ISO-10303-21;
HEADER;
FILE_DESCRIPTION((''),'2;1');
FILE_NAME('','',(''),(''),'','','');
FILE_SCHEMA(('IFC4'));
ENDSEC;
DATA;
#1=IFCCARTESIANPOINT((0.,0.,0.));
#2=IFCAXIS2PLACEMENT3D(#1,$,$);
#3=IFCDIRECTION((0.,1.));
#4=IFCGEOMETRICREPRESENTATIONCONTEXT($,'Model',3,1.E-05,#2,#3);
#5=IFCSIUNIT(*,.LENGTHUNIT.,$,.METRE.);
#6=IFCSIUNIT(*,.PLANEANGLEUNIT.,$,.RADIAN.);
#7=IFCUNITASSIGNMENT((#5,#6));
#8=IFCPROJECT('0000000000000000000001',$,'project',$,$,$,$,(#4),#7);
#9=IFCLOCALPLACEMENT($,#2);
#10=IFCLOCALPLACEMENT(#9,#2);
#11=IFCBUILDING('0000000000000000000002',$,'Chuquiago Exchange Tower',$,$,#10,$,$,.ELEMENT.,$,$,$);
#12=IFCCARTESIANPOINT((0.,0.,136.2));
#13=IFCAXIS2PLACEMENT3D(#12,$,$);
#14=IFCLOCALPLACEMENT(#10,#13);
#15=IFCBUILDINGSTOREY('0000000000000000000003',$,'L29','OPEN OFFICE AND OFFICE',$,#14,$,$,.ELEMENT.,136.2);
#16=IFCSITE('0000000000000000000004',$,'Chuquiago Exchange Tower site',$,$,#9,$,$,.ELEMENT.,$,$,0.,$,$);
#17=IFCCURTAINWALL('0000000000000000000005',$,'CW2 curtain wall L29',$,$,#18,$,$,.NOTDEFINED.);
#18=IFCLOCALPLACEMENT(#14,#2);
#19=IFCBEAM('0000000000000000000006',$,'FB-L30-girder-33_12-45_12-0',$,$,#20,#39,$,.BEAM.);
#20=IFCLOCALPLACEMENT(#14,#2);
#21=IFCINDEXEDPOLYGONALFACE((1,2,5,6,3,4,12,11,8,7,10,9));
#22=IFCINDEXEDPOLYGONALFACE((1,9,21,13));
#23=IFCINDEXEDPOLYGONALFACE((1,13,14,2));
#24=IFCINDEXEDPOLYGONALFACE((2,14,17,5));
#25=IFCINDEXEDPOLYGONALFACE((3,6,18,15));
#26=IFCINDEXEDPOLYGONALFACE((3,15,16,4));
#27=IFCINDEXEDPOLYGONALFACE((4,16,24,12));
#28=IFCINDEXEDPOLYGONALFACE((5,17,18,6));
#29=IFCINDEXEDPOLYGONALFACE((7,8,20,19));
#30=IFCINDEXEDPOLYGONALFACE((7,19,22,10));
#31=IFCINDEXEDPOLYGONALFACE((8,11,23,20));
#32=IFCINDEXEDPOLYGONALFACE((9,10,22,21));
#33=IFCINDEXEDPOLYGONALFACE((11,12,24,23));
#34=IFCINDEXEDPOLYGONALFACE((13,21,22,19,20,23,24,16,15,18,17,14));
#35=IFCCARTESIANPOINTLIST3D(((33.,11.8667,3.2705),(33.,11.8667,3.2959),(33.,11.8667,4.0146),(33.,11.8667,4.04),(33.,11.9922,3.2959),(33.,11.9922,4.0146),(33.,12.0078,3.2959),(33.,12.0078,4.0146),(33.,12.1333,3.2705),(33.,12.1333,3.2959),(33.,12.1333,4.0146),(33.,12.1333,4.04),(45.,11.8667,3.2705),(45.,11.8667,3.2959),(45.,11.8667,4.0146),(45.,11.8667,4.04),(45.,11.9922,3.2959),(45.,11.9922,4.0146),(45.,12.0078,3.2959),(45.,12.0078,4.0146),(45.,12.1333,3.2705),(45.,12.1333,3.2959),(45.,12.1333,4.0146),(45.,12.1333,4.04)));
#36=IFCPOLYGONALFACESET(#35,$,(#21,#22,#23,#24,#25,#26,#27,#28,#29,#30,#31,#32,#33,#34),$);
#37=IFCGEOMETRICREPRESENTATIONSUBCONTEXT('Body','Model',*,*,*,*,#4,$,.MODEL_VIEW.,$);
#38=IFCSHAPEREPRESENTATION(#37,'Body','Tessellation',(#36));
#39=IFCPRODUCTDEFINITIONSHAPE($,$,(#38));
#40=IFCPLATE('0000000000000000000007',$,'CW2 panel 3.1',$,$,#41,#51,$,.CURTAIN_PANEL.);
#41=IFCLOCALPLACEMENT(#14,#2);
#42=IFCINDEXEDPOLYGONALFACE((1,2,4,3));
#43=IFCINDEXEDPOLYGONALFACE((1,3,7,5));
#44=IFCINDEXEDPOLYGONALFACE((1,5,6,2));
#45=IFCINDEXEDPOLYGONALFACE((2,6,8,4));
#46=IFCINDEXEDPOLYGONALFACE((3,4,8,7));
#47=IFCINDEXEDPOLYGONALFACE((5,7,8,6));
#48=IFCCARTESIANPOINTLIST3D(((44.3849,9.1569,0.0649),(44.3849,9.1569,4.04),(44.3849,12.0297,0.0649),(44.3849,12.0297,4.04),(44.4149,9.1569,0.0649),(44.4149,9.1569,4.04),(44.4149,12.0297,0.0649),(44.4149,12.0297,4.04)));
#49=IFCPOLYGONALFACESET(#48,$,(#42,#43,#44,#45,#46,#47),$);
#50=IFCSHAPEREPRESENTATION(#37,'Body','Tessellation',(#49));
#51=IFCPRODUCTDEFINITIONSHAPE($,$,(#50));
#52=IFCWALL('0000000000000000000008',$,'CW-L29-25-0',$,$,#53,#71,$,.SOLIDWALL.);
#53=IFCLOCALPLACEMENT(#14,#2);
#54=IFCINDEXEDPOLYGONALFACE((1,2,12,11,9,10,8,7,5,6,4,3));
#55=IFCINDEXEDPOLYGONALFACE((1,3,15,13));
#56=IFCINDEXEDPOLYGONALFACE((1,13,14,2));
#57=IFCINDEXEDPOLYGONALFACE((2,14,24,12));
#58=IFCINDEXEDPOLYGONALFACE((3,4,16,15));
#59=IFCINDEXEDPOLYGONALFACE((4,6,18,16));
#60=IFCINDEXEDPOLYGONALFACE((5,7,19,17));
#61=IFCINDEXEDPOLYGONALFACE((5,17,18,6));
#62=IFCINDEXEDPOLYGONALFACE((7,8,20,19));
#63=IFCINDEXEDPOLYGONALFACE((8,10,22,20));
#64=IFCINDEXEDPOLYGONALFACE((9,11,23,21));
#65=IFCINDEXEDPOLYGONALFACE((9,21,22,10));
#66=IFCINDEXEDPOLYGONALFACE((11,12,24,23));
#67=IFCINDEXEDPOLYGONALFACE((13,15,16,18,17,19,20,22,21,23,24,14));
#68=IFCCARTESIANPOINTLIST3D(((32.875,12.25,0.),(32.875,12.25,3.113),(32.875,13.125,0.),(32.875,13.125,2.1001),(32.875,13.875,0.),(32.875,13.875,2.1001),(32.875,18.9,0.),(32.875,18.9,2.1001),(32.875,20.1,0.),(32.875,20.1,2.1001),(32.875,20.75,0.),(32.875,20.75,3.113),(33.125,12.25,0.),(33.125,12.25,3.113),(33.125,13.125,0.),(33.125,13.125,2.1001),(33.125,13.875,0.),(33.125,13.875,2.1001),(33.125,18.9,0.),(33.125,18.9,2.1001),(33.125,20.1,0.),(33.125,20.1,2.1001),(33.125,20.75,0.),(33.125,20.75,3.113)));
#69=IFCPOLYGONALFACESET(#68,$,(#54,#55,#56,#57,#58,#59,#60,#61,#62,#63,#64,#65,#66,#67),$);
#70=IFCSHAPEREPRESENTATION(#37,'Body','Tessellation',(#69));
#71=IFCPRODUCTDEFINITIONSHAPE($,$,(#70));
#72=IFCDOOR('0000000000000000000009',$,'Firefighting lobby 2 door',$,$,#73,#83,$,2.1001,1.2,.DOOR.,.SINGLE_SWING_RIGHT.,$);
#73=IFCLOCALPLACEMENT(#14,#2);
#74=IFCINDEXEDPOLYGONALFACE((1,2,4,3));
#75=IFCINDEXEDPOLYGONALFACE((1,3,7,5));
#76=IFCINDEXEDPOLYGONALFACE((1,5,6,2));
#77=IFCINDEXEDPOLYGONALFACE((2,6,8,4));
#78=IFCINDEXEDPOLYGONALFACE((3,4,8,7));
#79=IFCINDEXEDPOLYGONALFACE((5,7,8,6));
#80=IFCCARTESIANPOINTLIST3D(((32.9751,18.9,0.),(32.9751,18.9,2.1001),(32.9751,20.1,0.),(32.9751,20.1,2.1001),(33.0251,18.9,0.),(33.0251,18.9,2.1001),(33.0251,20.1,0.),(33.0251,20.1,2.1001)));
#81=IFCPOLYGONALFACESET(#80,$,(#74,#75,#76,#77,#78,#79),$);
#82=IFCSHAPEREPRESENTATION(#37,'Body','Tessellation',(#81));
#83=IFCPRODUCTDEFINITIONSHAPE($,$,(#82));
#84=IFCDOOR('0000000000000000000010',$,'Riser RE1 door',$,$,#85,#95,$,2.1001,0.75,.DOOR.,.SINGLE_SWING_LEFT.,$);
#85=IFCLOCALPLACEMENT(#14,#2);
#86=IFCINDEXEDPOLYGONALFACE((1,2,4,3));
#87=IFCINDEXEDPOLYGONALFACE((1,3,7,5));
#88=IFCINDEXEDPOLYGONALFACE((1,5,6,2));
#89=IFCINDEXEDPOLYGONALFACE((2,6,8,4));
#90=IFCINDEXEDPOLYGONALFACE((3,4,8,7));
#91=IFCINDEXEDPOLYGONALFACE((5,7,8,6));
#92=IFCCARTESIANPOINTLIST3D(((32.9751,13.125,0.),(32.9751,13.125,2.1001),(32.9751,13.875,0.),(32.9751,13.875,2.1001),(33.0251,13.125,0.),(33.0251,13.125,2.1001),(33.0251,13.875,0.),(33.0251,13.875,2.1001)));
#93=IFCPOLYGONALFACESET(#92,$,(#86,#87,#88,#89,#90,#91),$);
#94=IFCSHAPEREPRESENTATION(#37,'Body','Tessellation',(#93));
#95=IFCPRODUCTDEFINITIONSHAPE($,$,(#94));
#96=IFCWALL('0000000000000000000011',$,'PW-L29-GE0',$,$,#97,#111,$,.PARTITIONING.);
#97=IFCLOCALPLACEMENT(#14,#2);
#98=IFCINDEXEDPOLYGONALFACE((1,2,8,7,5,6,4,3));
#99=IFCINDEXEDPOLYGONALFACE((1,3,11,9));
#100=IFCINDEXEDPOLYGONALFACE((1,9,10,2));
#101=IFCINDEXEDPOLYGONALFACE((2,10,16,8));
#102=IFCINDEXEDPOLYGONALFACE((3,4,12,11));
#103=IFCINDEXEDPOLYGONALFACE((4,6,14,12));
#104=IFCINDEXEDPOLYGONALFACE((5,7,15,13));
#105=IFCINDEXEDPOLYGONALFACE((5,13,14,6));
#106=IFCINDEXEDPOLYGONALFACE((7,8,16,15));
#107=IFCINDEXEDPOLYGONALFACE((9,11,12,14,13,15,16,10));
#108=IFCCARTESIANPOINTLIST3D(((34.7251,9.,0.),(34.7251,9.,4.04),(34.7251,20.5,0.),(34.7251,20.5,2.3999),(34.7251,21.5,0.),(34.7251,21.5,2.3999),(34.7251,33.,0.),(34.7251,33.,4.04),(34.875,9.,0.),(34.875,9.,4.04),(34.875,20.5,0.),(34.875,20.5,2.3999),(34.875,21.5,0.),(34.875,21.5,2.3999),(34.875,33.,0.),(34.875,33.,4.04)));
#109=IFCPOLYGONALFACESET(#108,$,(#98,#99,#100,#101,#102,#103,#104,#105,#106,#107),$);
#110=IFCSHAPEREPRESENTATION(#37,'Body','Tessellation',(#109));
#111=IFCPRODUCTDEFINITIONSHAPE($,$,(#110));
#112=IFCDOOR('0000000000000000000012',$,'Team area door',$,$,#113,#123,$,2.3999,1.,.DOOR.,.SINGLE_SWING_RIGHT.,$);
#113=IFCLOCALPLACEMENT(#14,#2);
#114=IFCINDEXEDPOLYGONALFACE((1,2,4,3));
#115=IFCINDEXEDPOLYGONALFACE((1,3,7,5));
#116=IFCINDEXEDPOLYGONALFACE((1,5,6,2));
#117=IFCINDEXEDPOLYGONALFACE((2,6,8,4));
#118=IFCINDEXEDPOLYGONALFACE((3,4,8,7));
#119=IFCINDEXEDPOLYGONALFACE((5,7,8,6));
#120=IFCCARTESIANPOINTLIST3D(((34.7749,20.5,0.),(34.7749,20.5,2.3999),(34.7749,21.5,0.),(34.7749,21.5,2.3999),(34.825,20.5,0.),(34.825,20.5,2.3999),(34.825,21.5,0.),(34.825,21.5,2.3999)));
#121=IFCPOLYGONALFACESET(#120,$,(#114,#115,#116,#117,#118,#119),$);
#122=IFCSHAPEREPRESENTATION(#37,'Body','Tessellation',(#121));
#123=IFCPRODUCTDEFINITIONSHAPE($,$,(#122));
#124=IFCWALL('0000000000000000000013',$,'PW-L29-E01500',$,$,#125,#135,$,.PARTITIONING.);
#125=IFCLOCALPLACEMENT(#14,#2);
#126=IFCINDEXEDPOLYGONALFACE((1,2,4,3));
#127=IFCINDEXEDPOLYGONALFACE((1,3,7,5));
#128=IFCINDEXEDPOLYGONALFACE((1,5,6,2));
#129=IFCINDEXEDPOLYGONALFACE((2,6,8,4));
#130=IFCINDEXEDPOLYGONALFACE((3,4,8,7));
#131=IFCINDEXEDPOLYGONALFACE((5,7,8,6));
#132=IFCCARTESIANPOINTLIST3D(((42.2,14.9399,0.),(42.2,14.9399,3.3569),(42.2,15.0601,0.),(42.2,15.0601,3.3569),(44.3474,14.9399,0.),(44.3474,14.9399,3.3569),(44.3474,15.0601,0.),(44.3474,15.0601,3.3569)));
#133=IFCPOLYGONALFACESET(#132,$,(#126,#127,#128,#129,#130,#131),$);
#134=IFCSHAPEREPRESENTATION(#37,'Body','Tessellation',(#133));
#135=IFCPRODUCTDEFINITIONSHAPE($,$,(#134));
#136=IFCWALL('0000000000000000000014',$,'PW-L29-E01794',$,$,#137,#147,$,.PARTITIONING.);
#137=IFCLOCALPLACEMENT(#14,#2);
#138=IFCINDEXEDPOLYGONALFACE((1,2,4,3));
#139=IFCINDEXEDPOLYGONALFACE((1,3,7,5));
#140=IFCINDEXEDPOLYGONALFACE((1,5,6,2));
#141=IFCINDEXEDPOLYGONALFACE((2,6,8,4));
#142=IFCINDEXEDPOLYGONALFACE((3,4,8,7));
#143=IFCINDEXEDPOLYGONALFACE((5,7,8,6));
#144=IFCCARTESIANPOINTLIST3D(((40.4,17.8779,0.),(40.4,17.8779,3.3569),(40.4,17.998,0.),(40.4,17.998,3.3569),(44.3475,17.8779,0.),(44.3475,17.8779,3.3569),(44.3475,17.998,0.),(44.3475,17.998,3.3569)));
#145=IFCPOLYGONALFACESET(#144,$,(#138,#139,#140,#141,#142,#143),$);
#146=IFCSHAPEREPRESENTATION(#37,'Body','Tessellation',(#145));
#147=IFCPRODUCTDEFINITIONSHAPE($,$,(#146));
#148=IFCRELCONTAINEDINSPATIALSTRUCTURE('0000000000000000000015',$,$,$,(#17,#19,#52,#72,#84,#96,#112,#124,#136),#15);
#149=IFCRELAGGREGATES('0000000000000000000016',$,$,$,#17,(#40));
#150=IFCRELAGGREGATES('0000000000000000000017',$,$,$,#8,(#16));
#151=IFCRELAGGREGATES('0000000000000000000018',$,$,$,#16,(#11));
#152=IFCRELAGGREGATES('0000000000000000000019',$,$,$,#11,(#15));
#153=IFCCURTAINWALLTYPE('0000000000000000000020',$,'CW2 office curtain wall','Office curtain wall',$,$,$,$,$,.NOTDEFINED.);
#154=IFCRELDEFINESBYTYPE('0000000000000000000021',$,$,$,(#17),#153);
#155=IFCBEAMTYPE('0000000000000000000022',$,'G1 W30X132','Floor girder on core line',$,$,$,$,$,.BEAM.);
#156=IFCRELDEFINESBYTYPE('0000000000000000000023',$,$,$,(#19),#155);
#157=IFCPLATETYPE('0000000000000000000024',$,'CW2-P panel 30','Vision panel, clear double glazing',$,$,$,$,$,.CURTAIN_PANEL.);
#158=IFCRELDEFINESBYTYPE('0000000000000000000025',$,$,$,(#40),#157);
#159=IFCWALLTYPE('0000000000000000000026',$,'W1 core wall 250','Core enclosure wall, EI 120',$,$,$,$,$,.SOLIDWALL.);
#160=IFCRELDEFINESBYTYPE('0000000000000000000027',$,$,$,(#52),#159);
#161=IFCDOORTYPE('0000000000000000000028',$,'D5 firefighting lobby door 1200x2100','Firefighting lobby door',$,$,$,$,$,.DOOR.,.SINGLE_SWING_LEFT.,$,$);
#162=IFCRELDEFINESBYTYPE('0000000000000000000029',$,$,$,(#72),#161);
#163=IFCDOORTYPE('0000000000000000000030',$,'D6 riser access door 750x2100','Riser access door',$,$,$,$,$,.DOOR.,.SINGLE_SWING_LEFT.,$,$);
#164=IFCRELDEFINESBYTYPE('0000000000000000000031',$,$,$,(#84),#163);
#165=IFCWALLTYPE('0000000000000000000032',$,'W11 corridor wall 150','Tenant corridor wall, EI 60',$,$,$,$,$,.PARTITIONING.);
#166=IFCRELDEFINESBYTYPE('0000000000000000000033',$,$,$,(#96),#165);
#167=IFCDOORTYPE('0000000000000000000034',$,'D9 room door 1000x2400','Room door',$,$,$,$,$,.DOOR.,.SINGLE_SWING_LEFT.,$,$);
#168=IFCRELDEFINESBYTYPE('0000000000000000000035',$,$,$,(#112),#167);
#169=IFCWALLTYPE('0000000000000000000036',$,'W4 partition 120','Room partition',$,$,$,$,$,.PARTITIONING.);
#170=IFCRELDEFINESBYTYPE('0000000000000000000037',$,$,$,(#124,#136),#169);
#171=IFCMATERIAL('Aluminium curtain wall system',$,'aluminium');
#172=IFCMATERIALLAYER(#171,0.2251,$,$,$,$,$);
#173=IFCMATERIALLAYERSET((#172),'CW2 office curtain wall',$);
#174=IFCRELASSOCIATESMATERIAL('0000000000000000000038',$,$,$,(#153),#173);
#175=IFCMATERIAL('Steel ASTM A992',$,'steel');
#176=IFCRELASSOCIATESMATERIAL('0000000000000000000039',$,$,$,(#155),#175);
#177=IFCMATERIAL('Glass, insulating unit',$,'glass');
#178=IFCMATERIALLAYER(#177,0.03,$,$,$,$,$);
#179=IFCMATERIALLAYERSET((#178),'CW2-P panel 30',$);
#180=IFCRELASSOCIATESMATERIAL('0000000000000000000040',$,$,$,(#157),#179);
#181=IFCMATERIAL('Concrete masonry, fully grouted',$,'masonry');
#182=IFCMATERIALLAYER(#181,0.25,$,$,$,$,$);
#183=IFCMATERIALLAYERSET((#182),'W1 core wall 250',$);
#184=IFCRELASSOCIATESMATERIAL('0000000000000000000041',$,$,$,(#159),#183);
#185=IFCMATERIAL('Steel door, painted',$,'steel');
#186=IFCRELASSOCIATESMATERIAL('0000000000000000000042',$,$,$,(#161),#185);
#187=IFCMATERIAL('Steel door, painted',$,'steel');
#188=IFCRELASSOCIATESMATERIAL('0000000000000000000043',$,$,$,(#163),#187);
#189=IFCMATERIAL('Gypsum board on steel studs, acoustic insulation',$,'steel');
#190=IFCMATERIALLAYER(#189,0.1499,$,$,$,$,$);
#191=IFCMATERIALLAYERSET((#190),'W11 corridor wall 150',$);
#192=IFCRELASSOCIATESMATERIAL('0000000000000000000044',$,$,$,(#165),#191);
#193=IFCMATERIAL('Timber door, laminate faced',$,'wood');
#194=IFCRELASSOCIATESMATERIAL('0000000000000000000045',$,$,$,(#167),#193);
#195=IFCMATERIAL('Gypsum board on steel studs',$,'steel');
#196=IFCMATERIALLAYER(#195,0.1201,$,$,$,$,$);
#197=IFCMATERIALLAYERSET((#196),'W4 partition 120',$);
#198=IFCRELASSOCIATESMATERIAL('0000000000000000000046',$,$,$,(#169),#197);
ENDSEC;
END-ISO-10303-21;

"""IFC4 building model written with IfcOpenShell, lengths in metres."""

from ifc_helpers import new_model, si_unit, direction, frame, frame_2d, origin, origin_2d, place, context, subcontext, project, spatial, rectangle, i_section, extrude, material, layer, layer_set, material_profile, profile_set, type_object, element, fill, aggregate, save


model = new_model("IFC4")

# Units and contexts
model_context = context("Model", 3, precision=1e-05, world=origin(), true_north=direction((0.0, 1.0)))
body_context = subcontext(model_context, "Body", "Model", "MODEL_VIEW")
ifc_project = project(units=[si_unit("LENGTHUNIT", "METRE"), si_unit("PLANEANGLEUNIT", "RADIAN")], contexts=[model_context])

# Site, building, storey
site_placement = place(None, origin())
site = spatial("IfcSite", under=ifc_project, at=site_placement, Name="Chuquiago Exchange Tower site", CompositionType="ELEMENT", RefElevation=0.0)
building_placement = place(site_placement, origin())
building = spatial("IfcBuilding", under=site, at=building_placement, Name="Chuquiago Exchange Tower", CompositionType="ELEMENT")
storey_placement = place(building_placement, frame((0.0, 0.0, 136.2)))
storey = spatial("IfcBuildingStorey", under=building, at=storey_placement, Name="L29", Description="OPEN OFFICE AND OFFICE", CompositionType="ELEMENT", Elevation=136.2)

# Curtain wall
ifc_material_1 = material(Name="Aluminium curtain wall system", Category="aluminium")
ifc_layer_1 = layer(ifc_material_1, 0.2251)
ifc_layer_set_1 = layer_set([ifc_layer_1], Name="CW2 office curtain wall")
curtain_wall_type = type_object("IfcCurtainWallType", Name="CW2 office curtain wall", Description="Office curtain wall", PredefinedType="NOTDEFINED", material=ifc_layer_set_1)
curtain_wall_placement = place(storey_placement, origin())
curtain_wall = element("IfcCurtainWall", 1, at=curtain_wall_placement, inside=storey, type_object=curtain_wall_type, Name="CW2 curtain wall L29", PredefinedType="NOTDEFINED")

# Beam
ifc_material_2 = material(Name="Steel ASTM A992", Category="steel")
ifc_material_profile_1 = material_profile(ifc_material_2, i_section(OverallWidth=0.2666, OverallDepth=0.7695, WebThickness=0.0156, FlangeThickness=0.0254, at=origin_2d()), Name="W30X132")
ifc_profile_set_1 = profile_set([ifc_material_profile_1], Name="Steel ASTM A992")
beam_type_1 = type_object("IfcBeamType", Name="G1 W30X132", Description="Floor girder on core line", PredefinedType="BEAM", material=ifc_profile_set_1)
for number, where, z_axis, x_axis, name in (
    (2, (33.0, 12.0, 3.6553), (1.0, 0.0, 0.0), (0.0, 1.0, 0.0), "FB-L30-girder-33_12-45_12-0"),
):
    element("IfcBeam", number, at=place(storey_placement, frame(where, z_axis=z_axis, x_axis=x_axis)), inside=storey, type_object=beam_type_1, Name=name, PredefinedType="BEAM", context=body_context, shape_type="SweptSolid", body=[
        extrude(i_section(OverallWidth=0.2666, OverallDepth=0.7695, WebThickness=0.0156, FlangeThickness=0.0254, at=origin_2d()), origin(), (0.0, 0.0, 1.0), 12.0),
    ])

# Plate
ifc_material_3 = material(Name="Glass, insulating unit", Category="glass")
ifc_layer_2 = layer(ifc_material_3, 0.03)
ifc_layer_set_2 = layer_set([ifc_layer_2], Name="CW2-P panel 30")
plate_type = type_object("IfcPlateType", Name="CW2-P panel 30", Description="Vision panel, clear double glazing", PredefinedType="CURTAIN_PANEL", material=ifc_layer_set_2)
plate_placement = place(storey_placement, frame((44.3999, 10.5933, 0.0649), z_axis=(0.0, 0.0, 1.0), x_axis=(0.0, 1.0, 0.0)))
plate = element("IfcPlate", 3, at=plate_placement, type_object=plate_type, Name="CW2 panel 3.1", PredefinedType="CURTAIN_PANEL", context=body_context, shape_type="SweptSolid", body=[
    extrude(rectangle(XDim=2.8728, YDim=0.03, at=origin_2d()), origin(), (0.0, 0.0, 1.0), 3.9751),
])
aggregate(curtain_wall, [plate])

# Wall, openings, doors
ifc_material_4 = material(Name="Concrete masonry, fully grouted", Category="masonry")
ifc_layer_3 = layer(ifc_material_4, 0.25)
ifc_layer_set_3 = layer_set([ifc_layer_3], Name="W1 core wall 250")
wall_type_1 = type_object("IfcWallType", Name="W1 core wall 250", Description="Core enclosure wall, EI 120", PredefinedType="SOLIDWALL", material=ifc_layer_set_3)
wall_1_placement = place(storey_placement, frame((33.0, 12.25, 0.0), z_axis=(0.0, 0.0, 1.0), x_axis=(0.0, 1.0, 0.0)))
wall_1 = element("IfcWall", 4, at=wall_1_placement, inside=storey, type_object=wall_type_1, Name="CW-L29-25-0", PredefinedType="SOLIDWALL", context=body_context, shape_type="SweptSolid", body=[
    extrude(rectangle(XDim=8.5, YDim=0.25, at=frame_2d((4.25, 0.0))), origin(), (0.0, 0.0, 1.0), 3.113),
])
opening_1_placement = place(wall_1_placement, frame((6.6499, 0.0, 0.0)))
opening_1 = element("IfcOpeningElement", 5, at=opening_1_placement, cuts=wall_1, PredefinedType="OPENING", context=body_context, shape_type="SweptSolid", body=[
    extrude(rectangle(XDim=1.2, YDim=2.1001, at=frame_2d((0.6001, 1.05))), frame((0.0, 0.135, 0.0), z_axis=(0.0, -1.0, 0.0), x_axis=(1.0, 0.0, 0.0)), (0.0, 0.0, 1.0), 0.27),
])
opening_2_placement = place(wall_1_placement, frame((0.875, 0.0, 0.0)))
opening_2 = element("IfcOpeningElement", 6, at=opening_2_placement, cuts=wall_1, PredefinedType="OPENING", context=body_context, shape_type="SweptSolid", body=[
    extrude(rectangle(XDim=0.75, YDim=2.1001, at=frame_2d((0.375, 1.05))), frame((0.0, 0.135, 0.0), z_axis=(0.0, -1.0, 0.0), x_axis=(1.0, 0.0, 0.0)), (0.0, 0.0, 1.0), 0.27),
])
ifc_material_5 = material(Name="Steel door, painted", Category="steel")
door_type_1 = type_object("IfcDoorType", Name="D5 firefighting lobby door 1200x2100", Description="Firefighting lobby door", OperationType="SINGLE_SWING_LEFT", PredefinedType="DOOR", material=ifc_material_5)
door_1_placement = place(opening_1_placement, origin())
door_1 = element("IfcDoor", 7, at=door_1_placement, inside=storey, type_object=door_type_1, Name="Firefighting lobby 2 door", OperationType="SINGLE_SWING_RIGHT", OverallHeight=2.1001, OverallWidth=1.2, PredefinedType="DOOR", context=body_context, shape_type="SweptSolid", body=[
    extrude(rectangle(XDim=1.2, YDim=2.1001, at=frame_2d((0.6001, 1.05))), frame((0.0, 0.0249, 0.0), z_axis=(0.0, -1.0, 0.0), x_axis=(1.0, 0.0, 0.0)), (0.0, 0.0, 1.0), 0.05),
])
fill(opening_1, door_1)
ifc_material_6 = material(Name="Steel door, painted", Category="steel")
door_type_2 = type_object("IfcDoorType", Name="D6 riser access door 750x2100", Description="Riser access door", OperationType="SINGLE_SWING_LEFT", PredefinedType="DOOR", material=ifc_material_6)
door_2_placement = place(opening_2_placement, origin())
door_2 = element("IfcDoor", 8, at=door_2_placement, inside=storey, type_object=door_type_2, Name="Riser RE1 door", OperationType="SINGLE_SWING_LEFT", OverallHeight=2.1001, OverallWidth=0.75, PredefinedType="DOOR", context=body_context, shape_type="SweptSolid", body=[
    extrude(rectangle(XDim=0.75, YDim=2.1001, at=frame_2d((0.375, 1.05))), frame((0.0, 0.0249, 0.0), z_axis=(0.0, -1.0, 0.0), x_axis=(1.0, 0.0, 0.0)), (0.0, 0.0, 1.0), 0.05),
])
fill(opening_2, door_2)

# Wall, opening, door
ifc_material_7 = material(Name="Gypsum board on steel studs, acoustic insulation", Category="steel")
ifc_layer_4 = layer(ifc_material_7, 0.1499)
ifc_layer_set_4 = layer_set([ifc_layer_4], Name="W11 corridor wall 150")
wall_type_2 = type_object("IfcWallType", Name="W11 corridor wall 150", Description="Tenant corridor wall, EI 60", PredefinedType="PARTITIONING", material=ifc_layer_set_4)
wall_2_placement = place(storey_placement, frame((34.8, 9.0, 0.0), z_axis=(0.0, 0.0, 1.0), x_axis=(0.0, 1.0, 0.0)))
wall_2 = element("IfcWall", 9, at=wall_2_placement, inside=storey, type_object=wall_type_2, Name="PW-L29-GE0", PredefinedType="PARTITIONING", context=body_context, shape_type="SweptSolid", body=[
    extrude(rectangle(XDim=24.0, YDim=0.1499, at=frame_2d((12.0, 0.0))), origin(), (0.0, 0.0, 1.0), 4.04),
])
opening_3_placement = place(wall_2_placement, frame((11.5, 0.0, 0.0)))
opening_3 = element("IfcOpeningElement", 10, at=opening_3_placement, cuts=wall_2, PredefinedType="OPENING", context=body_context, shape_type="SweptSolid", body=[
    extrude(rectangle(XDim=1.0, YDim=2.3999, at=frame_2d((0.5, 1.2))), frame((0.0, 0.085, 0.0), z_axis=(0.0, -1.0, 0.0), x_axis=(1.0, 0.0, 0.0)), (0.0, 0.0, 1.0), 0.1699),
])
ifc_material_8 = material(Name="Timber door, laminate faced", Category="wood")
door_type_3 = type_object("IfcDoorType", Name="D9 room door 1000x2400", Description="Room door", OperationType="SINGLE_SWING_LEFT", PredefinedType="DOOR", material=ifc_material_8)
door_3_placement = place(opening_3_placement, frame((1.0, 0.0, 0.0), z_axis=(0.0, 0.0, 1.0), x_axis=(-1.0, 0.0, 0.0)))
door_3 = element("IfcDoor", 11, at=door_3_placement, inside=storey, type_object=door_type_3, Name="Team area door", OperationType="SINGLE_SWING_RIGHT", OverallHeight=2.3999, OverallWidth=1.0, PredefinedType="DOOR", context=body_context, shape_type="SweptSolid", body=[
    extrude(rectangle(XDim=1.0, YDim=2.3999, at=frame_2d((0.5, 1.2))), frame((0.0, 0.0249, 0.0), z_axis=(0.0, -1.0, 0.0), x_axis=(1.0, 0.0, 0.0)), (0.0, 0.0, 1.0), 0.05),
])
fill(opening_3, door_3)

# Walls
ifc_material_9 = material(Name="Gypsum board on steel studs", Category="steel")
ifc_layer_5 = layer(ifc_material_9, 0.1201)
ifc_layer_set_5 = layer_set([ifc_layer_5], Name="W4 partition 120")
wall_type_3 = type_object("IfcWallType", Name="W4 partition 120", Description="Room partition", PredefinedType="PARTITIONING", material=ifc_layer_set_5)
wall_3_placement = place(storey_placement, frame((44.3474, 15.0, 0.0), z_axis=(0.0, 0.0, 1.0), x_axis=(-1.0, 0.0, 0.0)))
element("IfcWall", 12, at=wall_3_placement, inside=storey, type_object=wall_type_3, Name="PW-L29-E01500", PredefinedType="PARTITIONING", context=body_context, shape_type="SweptSolid", body=[
    extrude(rectangle(XDim=2.1475, YDim=0.1201, at=frame_2d((1.0737, 0.0))), origin(), (0.0, 0.0, 1.0), 3.3569),
])
wall_4_placement = place(storey_placement, frame((44.3474, 17.938, 0.0), z_axis=(0.0, 0.0, 1.0), x_axis=(-1.0, 0.0, 0.0)))
element("IfcWall", 13, at=wall_4_placement, inside=storey, type_object=wall_type_3, Name="PW-L29-E01794", PredefinedType="PARTITIONING", context=body_context, shape_type="SweptSolid", body=[
    extrude(rectangle(XDim=3.9475, YDim=0.1201, at=frame_2d((1.9736, 0.0))), origin(), (0.0, 0.0, 1.0), 3.3569),
])

save(model, "model.ifc")
